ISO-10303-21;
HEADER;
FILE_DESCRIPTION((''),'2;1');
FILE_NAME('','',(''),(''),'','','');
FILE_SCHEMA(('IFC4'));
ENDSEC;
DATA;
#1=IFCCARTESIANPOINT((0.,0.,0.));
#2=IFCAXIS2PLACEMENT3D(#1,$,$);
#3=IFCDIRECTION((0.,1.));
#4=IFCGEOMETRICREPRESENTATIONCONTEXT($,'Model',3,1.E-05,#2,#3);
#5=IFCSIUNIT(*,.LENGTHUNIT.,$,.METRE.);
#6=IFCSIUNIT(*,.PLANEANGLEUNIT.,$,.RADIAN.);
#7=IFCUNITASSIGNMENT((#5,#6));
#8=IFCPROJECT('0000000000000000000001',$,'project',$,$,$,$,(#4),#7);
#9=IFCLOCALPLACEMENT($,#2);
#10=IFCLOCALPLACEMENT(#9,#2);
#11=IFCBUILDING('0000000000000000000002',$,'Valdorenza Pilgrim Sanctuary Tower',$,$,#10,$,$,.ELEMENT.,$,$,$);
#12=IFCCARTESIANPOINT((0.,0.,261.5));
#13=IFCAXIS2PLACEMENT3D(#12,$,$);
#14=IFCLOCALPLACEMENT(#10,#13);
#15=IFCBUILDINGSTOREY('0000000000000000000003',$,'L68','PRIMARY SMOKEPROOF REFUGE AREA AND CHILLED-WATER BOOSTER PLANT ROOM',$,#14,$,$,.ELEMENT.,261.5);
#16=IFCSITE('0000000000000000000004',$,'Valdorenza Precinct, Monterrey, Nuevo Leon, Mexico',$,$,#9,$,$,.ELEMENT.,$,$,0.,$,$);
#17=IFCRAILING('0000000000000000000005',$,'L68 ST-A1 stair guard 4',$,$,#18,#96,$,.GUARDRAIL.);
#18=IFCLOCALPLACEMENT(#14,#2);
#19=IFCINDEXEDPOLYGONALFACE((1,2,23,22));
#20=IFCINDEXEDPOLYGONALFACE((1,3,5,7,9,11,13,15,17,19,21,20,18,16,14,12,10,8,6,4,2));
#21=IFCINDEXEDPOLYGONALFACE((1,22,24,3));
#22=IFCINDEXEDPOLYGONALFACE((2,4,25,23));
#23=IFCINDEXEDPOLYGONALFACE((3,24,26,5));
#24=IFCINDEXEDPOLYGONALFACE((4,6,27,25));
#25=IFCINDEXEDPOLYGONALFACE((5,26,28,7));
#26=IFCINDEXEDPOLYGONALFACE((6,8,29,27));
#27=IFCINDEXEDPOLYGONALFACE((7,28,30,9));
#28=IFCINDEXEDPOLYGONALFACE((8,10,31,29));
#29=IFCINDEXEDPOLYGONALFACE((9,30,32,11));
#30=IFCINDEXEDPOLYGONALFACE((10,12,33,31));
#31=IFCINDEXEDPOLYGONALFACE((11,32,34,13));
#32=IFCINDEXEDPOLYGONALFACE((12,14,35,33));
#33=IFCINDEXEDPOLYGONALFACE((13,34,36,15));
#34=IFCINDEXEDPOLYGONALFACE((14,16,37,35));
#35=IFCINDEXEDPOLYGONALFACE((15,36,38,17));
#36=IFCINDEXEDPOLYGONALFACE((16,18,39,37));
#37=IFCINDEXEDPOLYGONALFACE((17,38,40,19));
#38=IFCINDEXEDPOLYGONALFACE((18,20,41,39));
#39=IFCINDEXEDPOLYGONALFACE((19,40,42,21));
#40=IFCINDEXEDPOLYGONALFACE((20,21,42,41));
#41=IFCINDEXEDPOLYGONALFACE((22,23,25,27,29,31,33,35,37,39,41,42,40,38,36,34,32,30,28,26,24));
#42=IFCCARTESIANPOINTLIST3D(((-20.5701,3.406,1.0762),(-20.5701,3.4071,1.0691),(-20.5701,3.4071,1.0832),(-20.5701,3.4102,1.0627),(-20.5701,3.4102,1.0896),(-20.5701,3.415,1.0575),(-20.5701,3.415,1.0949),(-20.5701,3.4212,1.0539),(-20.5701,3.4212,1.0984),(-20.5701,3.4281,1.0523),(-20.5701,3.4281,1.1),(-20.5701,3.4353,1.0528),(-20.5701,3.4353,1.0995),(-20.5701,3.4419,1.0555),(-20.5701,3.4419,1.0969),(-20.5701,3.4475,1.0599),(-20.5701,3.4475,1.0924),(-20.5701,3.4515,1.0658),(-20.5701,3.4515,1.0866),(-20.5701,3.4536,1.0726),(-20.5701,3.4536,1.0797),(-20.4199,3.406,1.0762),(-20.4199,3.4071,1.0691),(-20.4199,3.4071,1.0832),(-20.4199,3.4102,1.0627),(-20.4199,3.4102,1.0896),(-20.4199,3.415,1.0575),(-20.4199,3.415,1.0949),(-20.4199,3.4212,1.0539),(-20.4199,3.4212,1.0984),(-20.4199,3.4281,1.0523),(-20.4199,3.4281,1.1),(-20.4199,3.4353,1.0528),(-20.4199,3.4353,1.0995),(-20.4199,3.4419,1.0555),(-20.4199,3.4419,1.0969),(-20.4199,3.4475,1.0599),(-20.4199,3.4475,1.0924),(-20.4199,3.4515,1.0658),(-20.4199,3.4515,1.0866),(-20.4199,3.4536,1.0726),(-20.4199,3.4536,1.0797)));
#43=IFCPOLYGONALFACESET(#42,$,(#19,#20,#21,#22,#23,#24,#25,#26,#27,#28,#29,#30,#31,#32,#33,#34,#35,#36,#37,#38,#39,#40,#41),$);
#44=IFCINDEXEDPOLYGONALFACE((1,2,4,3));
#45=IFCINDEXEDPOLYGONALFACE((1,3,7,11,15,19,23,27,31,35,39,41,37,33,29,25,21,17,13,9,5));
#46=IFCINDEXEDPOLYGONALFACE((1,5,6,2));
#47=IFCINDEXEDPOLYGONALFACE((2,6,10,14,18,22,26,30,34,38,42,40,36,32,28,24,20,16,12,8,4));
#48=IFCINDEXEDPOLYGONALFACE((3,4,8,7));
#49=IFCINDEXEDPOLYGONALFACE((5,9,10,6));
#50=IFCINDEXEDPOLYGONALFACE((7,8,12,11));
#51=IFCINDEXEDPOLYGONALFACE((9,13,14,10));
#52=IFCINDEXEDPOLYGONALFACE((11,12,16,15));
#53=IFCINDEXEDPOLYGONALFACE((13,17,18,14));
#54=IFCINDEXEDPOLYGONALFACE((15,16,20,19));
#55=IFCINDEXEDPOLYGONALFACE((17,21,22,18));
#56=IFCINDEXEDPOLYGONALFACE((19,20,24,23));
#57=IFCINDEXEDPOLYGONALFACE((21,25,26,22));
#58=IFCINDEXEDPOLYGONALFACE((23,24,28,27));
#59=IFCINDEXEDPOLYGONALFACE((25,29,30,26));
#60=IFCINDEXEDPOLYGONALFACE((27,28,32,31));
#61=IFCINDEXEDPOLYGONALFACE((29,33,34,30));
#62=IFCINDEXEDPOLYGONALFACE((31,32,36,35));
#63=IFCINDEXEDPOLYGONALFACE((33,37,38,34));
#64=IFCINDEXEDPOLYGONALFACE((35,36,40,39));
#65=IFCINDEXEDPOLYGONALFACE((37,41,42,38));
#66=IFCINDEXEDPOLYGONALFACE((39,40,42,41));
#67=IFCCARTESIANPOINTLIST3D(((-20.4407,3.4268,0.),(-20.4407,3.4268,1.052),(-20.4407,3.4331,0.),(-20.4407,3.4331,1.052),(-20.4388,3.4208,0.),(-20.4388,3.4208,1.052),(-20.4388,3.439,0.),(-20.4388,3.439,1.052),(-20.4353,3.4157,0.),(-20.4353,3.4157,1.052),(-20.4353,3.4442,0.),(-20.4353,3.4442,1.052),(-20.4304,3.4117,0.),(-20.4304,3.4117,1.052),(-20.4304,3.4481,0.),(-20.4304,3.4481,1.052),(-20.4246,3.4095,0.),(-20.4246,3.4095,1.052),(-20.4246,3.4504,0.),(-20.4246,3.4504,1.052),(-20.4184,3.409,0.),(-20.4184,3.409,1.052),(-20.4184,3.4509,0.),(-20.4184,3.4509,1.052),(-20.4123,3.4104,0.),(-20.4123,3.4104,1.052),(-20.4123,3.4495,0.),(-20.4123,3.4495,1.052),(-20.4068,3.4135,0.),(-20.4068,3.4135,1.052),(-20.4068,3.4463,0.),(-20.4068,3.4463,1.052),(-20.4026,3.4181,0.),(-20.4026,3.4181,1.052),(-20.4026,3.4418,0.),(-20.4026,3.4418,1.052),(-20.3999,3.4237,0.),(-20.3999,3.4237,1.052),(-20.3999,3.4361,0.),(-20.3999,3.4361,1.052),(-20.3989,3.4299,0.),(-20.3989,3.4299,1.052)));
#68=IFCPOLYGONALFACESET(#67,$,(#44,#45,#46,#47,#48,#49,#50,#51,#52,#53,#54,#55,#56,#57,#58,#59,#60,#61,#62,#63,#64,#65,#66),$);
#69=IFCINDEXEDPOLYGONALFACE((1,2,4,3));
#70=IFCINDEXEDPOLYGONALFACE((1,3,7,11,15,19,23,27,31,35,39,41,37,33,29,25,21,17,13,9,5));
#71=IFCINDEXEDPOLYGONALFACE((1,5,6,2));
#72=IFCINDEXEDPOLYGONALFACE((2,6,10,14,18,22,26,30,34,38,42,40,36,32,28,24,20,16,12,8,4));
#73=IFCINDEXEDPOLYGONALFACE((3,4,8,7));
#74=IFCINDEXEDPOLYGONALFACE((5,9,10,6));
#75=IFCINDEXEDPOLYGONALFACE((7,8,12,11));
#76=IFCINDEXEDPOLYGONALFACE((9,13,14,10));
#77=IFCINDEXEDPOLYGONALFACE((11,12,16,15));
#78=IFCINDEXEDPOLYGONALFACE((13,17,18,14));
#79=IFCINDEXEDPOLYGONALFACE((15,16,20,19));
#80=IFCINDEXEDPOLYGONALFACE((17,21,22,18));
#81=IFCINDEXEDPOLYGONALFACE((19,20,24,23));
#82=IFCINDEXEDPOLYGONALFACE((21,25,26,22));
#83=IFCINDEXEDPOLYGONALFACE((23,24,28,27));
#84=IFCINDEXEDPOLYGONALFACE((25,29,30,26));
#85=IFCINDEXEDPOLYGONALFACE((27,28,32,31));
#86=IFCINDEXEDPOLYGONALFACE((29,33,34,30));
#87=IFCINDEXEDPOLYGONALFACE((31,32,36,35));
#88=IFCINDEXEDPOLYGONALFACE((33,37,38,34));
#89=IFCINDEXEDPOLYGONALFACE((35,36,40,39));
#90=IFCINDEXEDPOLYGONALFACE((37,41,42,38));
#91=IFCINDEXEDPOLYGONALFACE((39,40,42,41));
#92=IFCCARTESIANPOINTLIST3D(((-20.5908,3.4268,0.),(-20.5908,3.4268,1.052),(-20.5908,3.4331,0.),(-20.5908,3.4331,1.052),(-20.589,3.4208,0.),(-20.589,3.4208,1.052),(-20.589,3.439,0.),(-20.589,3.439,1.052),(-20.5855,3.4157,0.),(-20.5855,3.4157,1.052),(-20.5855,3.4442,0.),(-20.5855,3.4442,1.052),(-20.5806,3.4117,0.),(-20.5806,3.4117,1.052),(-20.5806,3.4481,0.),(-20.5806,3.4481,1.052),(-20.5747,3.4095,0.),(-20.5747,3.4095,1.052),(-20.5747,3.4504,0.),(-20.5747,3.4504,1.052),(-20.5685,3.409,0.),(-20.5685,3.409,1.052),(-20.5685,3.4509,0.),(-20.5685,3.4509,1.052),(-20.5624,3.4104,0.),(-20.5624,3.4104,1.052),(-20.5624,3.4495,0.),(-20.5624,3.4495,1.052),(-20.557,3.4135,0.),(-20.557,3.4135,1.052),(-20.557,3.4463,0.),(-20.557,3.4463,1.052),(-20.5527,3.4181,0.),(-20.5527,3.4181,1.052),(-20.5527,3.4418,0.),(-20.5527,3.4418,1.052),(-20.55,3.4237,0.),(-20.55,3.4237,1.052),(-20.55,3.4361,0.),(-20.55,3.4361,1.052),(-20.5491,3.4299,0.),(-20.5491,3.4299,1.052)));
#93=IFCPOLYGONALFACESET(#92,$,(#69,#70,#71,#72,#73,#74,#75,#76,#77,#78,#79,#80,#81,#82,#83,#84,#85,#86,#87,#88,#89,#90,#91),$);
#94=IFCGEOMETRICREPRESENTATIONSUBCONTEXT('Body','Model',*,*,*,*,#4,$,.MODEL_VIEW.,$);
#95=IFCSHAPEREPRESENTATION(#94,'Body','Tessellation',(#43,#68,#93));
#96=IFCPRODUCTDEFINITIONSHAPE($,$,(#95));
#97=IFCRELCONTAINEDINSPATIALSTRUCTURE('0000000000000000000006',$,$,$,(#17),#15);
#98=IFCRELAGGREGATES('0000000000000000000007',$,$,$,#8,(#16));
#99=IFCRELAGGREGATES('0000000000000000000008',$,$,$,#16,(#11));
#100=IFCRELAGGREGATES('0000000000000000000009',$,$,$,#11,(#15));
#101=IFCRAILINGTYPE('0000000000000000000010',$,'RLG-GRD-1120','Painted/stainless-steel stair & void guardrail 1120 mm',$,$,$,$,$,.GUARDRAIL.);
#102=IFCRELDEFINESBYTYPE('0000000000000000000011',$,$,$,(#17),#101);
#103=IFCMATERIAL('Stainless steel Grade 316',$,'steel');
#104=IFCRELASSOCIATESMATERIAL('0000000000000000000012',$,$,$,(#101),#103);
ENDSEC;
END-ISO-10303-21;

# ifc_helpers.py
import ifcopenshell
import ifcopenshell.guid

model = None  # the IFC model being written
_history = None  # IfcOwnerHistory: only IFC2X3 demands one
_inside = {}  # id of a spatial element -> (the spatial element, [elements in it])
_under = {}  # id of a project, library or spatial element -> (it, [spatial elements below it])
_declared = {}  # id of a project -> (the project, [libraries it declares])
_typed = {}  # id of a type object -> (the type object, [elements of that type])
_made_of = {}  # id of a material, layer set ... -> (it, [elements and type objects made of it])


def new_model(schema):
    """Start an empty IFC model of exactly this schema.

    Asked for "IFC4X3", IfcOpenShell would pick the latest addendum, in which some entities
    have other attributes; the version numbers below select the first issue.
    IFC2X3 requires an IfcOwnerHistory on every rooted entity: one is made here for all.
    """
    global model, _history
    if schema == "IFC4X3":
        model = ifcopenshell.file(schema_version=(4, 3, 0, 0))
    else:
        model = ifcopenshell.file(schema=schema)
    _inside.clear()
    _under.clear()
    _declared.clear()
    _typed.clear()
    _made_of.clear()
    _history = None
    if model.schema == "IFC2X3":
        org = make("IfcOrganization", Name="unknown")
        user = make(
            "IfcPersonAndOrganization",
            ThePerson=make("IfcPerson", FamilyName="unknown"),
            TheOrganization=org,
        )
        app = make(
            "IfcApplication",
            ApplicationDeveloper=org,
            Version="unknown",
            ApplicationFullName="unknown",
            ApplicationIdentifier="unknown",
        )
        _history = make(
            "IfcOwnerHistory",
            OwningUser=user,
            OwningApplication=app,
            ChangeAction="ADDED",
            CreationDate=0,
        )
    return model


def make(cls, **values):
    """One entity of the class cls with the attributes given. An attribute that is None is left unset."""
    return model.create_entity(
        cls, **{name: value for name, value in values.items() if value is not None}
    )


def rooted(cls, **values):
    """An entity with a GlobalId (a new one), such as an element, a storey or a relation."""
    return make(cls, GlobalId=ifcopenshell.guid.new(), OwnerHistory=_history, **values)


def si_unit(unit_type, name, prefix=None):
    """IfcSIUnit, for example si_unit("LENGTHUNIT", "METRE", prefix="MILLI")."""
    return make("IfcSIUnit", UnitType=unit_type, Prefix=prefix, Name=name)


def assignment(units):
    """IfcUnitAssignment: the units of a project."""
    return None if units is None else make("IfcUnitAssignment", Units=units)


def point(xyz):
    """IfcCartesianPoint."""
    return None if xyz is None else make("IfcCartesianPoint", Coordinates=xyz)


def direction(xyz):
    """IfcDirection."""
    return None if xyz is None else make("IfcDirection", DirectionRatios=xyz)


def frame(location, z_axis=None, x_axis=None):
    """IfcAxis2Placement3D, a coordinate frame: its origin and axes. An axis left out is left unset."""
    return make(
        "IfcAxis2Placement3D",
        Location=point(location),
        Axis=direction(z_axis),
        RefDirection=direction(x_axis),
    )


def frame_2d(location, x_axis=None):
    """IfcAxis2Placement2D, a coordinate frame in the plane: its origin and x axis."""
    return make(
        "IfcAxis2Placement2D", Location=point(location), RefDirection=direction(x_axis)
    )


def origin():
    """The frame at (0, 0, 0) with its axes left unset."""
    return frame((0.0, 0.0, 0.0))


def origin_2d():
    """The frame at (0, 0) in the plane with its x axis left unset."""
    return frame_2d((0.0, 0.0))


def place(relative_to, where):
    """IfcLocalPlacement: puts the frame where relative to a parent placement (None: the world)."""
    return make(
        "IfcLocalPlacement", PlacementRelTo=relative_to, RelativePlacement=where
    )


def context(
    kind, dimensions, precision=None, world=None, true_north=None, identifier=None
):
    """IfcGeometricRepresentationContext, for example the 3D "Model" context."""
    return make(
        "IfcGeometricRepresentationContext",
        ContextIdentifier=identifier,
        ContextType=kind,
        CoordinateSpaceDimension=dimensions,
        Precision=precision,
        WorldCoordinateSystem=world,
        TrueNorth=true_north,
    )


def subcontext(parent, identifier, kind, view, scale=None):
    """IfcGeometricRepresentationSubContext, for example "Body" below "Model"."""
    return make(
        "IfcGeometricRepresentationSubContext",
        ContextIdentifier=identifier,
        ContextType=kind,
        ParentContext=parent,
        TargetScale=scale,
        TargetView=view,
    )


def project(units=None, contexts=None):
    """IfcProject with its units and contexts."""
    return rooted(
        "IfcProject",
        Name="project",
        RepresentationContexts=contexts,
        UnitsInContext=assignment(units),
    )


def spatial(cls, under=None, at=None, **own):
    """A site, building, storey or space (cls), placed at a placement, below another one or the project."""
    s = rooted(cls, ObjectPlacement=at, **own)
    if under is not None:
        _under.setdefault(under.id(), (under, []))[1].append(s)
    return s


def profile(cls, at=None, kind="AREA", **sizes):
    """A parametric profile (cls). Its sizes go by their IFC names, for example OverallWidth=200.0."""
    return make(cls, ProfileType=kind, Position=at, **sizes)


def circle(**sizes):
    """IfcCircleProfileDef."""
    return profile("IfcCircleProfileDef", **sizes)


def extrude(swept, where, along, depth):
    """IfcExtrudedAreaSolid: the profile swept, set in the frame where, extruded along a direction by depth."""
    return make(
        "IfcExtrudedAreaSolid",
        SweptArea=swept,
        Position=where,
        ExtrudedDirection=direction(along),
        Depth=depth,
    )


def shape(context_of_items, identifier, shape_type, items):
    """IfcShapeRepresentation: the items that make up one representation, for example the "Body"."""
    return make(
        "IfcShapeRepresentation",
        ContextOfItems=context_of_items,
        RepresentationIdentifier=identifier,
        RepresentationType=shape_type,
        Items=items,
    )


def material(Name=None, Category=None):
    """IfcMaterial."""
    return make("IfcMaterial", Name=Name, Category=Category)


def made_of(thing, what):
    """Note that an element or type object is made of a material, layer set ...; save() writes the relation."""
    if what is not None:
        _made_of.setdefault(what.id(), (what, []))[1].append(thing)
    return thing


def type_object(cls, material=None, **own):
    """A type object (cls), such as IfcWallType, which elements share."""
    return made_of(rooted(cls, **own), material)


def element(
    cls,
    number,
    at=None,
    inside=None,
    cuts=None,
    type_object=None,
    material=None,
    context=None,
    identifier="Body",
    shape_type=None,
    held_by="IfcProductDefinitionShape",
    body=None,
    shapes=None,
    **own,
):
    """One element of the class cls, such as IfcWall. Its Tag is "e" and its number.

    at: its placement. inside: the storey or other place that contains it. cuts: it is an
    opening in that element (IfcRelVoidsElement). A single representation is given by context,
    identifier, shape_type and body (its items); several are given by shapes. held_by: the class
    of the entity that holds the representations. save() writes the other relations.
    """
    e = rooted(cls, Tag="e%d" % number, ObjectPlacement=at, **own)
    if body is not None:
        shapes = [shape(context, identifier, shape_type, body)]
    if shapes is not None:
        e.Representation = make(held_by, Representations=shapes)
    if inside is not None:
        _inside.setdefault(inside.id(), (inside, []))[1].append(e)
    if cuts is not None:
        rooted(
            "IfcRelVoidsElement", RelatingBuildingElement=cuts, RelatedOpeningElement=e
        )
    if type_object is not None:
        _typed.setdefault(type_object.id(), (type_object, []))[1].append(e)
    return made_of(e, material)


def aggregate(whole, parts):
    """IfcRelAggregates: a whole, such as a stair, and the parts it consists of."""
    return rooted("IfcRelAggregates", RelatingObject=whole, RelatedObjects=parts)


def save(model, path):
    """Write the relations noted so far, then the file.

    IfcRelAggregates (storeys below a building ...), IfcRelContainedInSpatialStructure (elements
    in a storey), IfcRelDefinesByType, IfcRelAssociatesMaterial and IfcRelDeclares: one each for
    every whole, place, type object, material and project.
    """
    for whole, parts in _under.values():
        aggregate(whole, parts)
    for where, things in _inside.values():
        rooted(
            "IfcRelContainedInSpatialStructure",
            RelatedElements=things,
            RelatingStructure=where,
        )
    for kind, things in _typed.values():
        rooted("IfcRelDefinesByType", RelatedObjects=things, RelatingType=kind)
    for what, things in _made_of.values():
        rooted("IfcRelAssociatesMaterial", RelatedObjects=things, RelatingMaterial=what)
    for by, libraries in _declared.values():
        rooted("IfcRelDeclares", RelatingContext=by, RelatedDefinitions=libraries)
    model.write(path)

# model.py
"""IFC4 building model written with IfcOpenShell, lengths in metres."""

from ifc_helpers import new_model, si_unit, direction, frame, origin, origin_2d, place, context, subcontext, project, spatial, circle, extrude, material, type_object, element, save


model = new_model("IFC4")

# Units and contexts
model_context = context("Model", 3, precision=1e-05, world=origin(), true_north=direction((0.0, 1.0)))
body_context = subcontext(model_context, "Body", "Model", "MODEL_VIEW")
ifc_project = project(units=[si_unit("LENGTHUNIT", "METRE"), si_unit("PLANEANGLEUNIT", "RADIAN")], contexts=[model_context])

# Site, building, storey
site_placement = place(None, origin())
site = spatial("IfcSite", under=ifc_project, at=site_placement, Name="Valdorenza Precinct, Monterrey, Nuevo Leon, Mexico", CompositionType="ELEMENT", RefElevation=0.0)
building_placement = place(site_placement, origin())
building = spatial("IfcBuilding", under=site, at=building_placement, Name="Valdorenza Pilgrim Sanctuary Tower", CompositionType="ELEMENT")
storey_placement = place(building_placement, frame((0.0, 0.0, 261.5)))
storey = spatial("IfcBuildingStorey", under=building, at=storey_placement, Name="L68", Description="PRIMARY SMOKEPROOF REFUGE AREA AND CHILLED-WATER BOOSTER PLANT ROOM", CompositionType="ELEMENT", Elevation=261.5)

# Railing
ifc_material_1 = material(Name="Stainless steel Grade 316", Category="steel")
railing_type_1 = type_object("IfcRailingType", Name="RLG-GRD-1120", Description="Painted/stainless-steel stair & void guardrail 1120 mm", PredefinedType="GUARDRAIL", material=ifc_material_1)
railing_1_placement = place(storey_placement, frame((-20.4199, 3.4299, 0.0)))
element("IfcRailing", 1, at=railing_1_placement, inside=storey, type_object=railing_type_1, Name="L68 ST-A1 stair guard 4", PredefinedType="GUARDRAIL", context=body_context, shape_type="SweptSolid", body=[
    extrude(circle(Radius=0.0239, at=origin_2d()), frame((0.0, 0.0, 1.0762), z_axis=(-1.0, 0.0, 0.0), x_axis=(0.0, -1.0, 0.0)), (0.0, 0.0, 1.0), 0.1501),
    extrude(circle(Radius=0.021, at=origin_2d()), origin(), (0.0, 0.0, 1.0), 1.052),
    extrude(circle(Radius=0.021, at=origin_2d()), frame((-0.1501, 0.0, 0.0)), (0.0, 0.0, 1.0), 1.052),
])

save(model, "model.ifc")
